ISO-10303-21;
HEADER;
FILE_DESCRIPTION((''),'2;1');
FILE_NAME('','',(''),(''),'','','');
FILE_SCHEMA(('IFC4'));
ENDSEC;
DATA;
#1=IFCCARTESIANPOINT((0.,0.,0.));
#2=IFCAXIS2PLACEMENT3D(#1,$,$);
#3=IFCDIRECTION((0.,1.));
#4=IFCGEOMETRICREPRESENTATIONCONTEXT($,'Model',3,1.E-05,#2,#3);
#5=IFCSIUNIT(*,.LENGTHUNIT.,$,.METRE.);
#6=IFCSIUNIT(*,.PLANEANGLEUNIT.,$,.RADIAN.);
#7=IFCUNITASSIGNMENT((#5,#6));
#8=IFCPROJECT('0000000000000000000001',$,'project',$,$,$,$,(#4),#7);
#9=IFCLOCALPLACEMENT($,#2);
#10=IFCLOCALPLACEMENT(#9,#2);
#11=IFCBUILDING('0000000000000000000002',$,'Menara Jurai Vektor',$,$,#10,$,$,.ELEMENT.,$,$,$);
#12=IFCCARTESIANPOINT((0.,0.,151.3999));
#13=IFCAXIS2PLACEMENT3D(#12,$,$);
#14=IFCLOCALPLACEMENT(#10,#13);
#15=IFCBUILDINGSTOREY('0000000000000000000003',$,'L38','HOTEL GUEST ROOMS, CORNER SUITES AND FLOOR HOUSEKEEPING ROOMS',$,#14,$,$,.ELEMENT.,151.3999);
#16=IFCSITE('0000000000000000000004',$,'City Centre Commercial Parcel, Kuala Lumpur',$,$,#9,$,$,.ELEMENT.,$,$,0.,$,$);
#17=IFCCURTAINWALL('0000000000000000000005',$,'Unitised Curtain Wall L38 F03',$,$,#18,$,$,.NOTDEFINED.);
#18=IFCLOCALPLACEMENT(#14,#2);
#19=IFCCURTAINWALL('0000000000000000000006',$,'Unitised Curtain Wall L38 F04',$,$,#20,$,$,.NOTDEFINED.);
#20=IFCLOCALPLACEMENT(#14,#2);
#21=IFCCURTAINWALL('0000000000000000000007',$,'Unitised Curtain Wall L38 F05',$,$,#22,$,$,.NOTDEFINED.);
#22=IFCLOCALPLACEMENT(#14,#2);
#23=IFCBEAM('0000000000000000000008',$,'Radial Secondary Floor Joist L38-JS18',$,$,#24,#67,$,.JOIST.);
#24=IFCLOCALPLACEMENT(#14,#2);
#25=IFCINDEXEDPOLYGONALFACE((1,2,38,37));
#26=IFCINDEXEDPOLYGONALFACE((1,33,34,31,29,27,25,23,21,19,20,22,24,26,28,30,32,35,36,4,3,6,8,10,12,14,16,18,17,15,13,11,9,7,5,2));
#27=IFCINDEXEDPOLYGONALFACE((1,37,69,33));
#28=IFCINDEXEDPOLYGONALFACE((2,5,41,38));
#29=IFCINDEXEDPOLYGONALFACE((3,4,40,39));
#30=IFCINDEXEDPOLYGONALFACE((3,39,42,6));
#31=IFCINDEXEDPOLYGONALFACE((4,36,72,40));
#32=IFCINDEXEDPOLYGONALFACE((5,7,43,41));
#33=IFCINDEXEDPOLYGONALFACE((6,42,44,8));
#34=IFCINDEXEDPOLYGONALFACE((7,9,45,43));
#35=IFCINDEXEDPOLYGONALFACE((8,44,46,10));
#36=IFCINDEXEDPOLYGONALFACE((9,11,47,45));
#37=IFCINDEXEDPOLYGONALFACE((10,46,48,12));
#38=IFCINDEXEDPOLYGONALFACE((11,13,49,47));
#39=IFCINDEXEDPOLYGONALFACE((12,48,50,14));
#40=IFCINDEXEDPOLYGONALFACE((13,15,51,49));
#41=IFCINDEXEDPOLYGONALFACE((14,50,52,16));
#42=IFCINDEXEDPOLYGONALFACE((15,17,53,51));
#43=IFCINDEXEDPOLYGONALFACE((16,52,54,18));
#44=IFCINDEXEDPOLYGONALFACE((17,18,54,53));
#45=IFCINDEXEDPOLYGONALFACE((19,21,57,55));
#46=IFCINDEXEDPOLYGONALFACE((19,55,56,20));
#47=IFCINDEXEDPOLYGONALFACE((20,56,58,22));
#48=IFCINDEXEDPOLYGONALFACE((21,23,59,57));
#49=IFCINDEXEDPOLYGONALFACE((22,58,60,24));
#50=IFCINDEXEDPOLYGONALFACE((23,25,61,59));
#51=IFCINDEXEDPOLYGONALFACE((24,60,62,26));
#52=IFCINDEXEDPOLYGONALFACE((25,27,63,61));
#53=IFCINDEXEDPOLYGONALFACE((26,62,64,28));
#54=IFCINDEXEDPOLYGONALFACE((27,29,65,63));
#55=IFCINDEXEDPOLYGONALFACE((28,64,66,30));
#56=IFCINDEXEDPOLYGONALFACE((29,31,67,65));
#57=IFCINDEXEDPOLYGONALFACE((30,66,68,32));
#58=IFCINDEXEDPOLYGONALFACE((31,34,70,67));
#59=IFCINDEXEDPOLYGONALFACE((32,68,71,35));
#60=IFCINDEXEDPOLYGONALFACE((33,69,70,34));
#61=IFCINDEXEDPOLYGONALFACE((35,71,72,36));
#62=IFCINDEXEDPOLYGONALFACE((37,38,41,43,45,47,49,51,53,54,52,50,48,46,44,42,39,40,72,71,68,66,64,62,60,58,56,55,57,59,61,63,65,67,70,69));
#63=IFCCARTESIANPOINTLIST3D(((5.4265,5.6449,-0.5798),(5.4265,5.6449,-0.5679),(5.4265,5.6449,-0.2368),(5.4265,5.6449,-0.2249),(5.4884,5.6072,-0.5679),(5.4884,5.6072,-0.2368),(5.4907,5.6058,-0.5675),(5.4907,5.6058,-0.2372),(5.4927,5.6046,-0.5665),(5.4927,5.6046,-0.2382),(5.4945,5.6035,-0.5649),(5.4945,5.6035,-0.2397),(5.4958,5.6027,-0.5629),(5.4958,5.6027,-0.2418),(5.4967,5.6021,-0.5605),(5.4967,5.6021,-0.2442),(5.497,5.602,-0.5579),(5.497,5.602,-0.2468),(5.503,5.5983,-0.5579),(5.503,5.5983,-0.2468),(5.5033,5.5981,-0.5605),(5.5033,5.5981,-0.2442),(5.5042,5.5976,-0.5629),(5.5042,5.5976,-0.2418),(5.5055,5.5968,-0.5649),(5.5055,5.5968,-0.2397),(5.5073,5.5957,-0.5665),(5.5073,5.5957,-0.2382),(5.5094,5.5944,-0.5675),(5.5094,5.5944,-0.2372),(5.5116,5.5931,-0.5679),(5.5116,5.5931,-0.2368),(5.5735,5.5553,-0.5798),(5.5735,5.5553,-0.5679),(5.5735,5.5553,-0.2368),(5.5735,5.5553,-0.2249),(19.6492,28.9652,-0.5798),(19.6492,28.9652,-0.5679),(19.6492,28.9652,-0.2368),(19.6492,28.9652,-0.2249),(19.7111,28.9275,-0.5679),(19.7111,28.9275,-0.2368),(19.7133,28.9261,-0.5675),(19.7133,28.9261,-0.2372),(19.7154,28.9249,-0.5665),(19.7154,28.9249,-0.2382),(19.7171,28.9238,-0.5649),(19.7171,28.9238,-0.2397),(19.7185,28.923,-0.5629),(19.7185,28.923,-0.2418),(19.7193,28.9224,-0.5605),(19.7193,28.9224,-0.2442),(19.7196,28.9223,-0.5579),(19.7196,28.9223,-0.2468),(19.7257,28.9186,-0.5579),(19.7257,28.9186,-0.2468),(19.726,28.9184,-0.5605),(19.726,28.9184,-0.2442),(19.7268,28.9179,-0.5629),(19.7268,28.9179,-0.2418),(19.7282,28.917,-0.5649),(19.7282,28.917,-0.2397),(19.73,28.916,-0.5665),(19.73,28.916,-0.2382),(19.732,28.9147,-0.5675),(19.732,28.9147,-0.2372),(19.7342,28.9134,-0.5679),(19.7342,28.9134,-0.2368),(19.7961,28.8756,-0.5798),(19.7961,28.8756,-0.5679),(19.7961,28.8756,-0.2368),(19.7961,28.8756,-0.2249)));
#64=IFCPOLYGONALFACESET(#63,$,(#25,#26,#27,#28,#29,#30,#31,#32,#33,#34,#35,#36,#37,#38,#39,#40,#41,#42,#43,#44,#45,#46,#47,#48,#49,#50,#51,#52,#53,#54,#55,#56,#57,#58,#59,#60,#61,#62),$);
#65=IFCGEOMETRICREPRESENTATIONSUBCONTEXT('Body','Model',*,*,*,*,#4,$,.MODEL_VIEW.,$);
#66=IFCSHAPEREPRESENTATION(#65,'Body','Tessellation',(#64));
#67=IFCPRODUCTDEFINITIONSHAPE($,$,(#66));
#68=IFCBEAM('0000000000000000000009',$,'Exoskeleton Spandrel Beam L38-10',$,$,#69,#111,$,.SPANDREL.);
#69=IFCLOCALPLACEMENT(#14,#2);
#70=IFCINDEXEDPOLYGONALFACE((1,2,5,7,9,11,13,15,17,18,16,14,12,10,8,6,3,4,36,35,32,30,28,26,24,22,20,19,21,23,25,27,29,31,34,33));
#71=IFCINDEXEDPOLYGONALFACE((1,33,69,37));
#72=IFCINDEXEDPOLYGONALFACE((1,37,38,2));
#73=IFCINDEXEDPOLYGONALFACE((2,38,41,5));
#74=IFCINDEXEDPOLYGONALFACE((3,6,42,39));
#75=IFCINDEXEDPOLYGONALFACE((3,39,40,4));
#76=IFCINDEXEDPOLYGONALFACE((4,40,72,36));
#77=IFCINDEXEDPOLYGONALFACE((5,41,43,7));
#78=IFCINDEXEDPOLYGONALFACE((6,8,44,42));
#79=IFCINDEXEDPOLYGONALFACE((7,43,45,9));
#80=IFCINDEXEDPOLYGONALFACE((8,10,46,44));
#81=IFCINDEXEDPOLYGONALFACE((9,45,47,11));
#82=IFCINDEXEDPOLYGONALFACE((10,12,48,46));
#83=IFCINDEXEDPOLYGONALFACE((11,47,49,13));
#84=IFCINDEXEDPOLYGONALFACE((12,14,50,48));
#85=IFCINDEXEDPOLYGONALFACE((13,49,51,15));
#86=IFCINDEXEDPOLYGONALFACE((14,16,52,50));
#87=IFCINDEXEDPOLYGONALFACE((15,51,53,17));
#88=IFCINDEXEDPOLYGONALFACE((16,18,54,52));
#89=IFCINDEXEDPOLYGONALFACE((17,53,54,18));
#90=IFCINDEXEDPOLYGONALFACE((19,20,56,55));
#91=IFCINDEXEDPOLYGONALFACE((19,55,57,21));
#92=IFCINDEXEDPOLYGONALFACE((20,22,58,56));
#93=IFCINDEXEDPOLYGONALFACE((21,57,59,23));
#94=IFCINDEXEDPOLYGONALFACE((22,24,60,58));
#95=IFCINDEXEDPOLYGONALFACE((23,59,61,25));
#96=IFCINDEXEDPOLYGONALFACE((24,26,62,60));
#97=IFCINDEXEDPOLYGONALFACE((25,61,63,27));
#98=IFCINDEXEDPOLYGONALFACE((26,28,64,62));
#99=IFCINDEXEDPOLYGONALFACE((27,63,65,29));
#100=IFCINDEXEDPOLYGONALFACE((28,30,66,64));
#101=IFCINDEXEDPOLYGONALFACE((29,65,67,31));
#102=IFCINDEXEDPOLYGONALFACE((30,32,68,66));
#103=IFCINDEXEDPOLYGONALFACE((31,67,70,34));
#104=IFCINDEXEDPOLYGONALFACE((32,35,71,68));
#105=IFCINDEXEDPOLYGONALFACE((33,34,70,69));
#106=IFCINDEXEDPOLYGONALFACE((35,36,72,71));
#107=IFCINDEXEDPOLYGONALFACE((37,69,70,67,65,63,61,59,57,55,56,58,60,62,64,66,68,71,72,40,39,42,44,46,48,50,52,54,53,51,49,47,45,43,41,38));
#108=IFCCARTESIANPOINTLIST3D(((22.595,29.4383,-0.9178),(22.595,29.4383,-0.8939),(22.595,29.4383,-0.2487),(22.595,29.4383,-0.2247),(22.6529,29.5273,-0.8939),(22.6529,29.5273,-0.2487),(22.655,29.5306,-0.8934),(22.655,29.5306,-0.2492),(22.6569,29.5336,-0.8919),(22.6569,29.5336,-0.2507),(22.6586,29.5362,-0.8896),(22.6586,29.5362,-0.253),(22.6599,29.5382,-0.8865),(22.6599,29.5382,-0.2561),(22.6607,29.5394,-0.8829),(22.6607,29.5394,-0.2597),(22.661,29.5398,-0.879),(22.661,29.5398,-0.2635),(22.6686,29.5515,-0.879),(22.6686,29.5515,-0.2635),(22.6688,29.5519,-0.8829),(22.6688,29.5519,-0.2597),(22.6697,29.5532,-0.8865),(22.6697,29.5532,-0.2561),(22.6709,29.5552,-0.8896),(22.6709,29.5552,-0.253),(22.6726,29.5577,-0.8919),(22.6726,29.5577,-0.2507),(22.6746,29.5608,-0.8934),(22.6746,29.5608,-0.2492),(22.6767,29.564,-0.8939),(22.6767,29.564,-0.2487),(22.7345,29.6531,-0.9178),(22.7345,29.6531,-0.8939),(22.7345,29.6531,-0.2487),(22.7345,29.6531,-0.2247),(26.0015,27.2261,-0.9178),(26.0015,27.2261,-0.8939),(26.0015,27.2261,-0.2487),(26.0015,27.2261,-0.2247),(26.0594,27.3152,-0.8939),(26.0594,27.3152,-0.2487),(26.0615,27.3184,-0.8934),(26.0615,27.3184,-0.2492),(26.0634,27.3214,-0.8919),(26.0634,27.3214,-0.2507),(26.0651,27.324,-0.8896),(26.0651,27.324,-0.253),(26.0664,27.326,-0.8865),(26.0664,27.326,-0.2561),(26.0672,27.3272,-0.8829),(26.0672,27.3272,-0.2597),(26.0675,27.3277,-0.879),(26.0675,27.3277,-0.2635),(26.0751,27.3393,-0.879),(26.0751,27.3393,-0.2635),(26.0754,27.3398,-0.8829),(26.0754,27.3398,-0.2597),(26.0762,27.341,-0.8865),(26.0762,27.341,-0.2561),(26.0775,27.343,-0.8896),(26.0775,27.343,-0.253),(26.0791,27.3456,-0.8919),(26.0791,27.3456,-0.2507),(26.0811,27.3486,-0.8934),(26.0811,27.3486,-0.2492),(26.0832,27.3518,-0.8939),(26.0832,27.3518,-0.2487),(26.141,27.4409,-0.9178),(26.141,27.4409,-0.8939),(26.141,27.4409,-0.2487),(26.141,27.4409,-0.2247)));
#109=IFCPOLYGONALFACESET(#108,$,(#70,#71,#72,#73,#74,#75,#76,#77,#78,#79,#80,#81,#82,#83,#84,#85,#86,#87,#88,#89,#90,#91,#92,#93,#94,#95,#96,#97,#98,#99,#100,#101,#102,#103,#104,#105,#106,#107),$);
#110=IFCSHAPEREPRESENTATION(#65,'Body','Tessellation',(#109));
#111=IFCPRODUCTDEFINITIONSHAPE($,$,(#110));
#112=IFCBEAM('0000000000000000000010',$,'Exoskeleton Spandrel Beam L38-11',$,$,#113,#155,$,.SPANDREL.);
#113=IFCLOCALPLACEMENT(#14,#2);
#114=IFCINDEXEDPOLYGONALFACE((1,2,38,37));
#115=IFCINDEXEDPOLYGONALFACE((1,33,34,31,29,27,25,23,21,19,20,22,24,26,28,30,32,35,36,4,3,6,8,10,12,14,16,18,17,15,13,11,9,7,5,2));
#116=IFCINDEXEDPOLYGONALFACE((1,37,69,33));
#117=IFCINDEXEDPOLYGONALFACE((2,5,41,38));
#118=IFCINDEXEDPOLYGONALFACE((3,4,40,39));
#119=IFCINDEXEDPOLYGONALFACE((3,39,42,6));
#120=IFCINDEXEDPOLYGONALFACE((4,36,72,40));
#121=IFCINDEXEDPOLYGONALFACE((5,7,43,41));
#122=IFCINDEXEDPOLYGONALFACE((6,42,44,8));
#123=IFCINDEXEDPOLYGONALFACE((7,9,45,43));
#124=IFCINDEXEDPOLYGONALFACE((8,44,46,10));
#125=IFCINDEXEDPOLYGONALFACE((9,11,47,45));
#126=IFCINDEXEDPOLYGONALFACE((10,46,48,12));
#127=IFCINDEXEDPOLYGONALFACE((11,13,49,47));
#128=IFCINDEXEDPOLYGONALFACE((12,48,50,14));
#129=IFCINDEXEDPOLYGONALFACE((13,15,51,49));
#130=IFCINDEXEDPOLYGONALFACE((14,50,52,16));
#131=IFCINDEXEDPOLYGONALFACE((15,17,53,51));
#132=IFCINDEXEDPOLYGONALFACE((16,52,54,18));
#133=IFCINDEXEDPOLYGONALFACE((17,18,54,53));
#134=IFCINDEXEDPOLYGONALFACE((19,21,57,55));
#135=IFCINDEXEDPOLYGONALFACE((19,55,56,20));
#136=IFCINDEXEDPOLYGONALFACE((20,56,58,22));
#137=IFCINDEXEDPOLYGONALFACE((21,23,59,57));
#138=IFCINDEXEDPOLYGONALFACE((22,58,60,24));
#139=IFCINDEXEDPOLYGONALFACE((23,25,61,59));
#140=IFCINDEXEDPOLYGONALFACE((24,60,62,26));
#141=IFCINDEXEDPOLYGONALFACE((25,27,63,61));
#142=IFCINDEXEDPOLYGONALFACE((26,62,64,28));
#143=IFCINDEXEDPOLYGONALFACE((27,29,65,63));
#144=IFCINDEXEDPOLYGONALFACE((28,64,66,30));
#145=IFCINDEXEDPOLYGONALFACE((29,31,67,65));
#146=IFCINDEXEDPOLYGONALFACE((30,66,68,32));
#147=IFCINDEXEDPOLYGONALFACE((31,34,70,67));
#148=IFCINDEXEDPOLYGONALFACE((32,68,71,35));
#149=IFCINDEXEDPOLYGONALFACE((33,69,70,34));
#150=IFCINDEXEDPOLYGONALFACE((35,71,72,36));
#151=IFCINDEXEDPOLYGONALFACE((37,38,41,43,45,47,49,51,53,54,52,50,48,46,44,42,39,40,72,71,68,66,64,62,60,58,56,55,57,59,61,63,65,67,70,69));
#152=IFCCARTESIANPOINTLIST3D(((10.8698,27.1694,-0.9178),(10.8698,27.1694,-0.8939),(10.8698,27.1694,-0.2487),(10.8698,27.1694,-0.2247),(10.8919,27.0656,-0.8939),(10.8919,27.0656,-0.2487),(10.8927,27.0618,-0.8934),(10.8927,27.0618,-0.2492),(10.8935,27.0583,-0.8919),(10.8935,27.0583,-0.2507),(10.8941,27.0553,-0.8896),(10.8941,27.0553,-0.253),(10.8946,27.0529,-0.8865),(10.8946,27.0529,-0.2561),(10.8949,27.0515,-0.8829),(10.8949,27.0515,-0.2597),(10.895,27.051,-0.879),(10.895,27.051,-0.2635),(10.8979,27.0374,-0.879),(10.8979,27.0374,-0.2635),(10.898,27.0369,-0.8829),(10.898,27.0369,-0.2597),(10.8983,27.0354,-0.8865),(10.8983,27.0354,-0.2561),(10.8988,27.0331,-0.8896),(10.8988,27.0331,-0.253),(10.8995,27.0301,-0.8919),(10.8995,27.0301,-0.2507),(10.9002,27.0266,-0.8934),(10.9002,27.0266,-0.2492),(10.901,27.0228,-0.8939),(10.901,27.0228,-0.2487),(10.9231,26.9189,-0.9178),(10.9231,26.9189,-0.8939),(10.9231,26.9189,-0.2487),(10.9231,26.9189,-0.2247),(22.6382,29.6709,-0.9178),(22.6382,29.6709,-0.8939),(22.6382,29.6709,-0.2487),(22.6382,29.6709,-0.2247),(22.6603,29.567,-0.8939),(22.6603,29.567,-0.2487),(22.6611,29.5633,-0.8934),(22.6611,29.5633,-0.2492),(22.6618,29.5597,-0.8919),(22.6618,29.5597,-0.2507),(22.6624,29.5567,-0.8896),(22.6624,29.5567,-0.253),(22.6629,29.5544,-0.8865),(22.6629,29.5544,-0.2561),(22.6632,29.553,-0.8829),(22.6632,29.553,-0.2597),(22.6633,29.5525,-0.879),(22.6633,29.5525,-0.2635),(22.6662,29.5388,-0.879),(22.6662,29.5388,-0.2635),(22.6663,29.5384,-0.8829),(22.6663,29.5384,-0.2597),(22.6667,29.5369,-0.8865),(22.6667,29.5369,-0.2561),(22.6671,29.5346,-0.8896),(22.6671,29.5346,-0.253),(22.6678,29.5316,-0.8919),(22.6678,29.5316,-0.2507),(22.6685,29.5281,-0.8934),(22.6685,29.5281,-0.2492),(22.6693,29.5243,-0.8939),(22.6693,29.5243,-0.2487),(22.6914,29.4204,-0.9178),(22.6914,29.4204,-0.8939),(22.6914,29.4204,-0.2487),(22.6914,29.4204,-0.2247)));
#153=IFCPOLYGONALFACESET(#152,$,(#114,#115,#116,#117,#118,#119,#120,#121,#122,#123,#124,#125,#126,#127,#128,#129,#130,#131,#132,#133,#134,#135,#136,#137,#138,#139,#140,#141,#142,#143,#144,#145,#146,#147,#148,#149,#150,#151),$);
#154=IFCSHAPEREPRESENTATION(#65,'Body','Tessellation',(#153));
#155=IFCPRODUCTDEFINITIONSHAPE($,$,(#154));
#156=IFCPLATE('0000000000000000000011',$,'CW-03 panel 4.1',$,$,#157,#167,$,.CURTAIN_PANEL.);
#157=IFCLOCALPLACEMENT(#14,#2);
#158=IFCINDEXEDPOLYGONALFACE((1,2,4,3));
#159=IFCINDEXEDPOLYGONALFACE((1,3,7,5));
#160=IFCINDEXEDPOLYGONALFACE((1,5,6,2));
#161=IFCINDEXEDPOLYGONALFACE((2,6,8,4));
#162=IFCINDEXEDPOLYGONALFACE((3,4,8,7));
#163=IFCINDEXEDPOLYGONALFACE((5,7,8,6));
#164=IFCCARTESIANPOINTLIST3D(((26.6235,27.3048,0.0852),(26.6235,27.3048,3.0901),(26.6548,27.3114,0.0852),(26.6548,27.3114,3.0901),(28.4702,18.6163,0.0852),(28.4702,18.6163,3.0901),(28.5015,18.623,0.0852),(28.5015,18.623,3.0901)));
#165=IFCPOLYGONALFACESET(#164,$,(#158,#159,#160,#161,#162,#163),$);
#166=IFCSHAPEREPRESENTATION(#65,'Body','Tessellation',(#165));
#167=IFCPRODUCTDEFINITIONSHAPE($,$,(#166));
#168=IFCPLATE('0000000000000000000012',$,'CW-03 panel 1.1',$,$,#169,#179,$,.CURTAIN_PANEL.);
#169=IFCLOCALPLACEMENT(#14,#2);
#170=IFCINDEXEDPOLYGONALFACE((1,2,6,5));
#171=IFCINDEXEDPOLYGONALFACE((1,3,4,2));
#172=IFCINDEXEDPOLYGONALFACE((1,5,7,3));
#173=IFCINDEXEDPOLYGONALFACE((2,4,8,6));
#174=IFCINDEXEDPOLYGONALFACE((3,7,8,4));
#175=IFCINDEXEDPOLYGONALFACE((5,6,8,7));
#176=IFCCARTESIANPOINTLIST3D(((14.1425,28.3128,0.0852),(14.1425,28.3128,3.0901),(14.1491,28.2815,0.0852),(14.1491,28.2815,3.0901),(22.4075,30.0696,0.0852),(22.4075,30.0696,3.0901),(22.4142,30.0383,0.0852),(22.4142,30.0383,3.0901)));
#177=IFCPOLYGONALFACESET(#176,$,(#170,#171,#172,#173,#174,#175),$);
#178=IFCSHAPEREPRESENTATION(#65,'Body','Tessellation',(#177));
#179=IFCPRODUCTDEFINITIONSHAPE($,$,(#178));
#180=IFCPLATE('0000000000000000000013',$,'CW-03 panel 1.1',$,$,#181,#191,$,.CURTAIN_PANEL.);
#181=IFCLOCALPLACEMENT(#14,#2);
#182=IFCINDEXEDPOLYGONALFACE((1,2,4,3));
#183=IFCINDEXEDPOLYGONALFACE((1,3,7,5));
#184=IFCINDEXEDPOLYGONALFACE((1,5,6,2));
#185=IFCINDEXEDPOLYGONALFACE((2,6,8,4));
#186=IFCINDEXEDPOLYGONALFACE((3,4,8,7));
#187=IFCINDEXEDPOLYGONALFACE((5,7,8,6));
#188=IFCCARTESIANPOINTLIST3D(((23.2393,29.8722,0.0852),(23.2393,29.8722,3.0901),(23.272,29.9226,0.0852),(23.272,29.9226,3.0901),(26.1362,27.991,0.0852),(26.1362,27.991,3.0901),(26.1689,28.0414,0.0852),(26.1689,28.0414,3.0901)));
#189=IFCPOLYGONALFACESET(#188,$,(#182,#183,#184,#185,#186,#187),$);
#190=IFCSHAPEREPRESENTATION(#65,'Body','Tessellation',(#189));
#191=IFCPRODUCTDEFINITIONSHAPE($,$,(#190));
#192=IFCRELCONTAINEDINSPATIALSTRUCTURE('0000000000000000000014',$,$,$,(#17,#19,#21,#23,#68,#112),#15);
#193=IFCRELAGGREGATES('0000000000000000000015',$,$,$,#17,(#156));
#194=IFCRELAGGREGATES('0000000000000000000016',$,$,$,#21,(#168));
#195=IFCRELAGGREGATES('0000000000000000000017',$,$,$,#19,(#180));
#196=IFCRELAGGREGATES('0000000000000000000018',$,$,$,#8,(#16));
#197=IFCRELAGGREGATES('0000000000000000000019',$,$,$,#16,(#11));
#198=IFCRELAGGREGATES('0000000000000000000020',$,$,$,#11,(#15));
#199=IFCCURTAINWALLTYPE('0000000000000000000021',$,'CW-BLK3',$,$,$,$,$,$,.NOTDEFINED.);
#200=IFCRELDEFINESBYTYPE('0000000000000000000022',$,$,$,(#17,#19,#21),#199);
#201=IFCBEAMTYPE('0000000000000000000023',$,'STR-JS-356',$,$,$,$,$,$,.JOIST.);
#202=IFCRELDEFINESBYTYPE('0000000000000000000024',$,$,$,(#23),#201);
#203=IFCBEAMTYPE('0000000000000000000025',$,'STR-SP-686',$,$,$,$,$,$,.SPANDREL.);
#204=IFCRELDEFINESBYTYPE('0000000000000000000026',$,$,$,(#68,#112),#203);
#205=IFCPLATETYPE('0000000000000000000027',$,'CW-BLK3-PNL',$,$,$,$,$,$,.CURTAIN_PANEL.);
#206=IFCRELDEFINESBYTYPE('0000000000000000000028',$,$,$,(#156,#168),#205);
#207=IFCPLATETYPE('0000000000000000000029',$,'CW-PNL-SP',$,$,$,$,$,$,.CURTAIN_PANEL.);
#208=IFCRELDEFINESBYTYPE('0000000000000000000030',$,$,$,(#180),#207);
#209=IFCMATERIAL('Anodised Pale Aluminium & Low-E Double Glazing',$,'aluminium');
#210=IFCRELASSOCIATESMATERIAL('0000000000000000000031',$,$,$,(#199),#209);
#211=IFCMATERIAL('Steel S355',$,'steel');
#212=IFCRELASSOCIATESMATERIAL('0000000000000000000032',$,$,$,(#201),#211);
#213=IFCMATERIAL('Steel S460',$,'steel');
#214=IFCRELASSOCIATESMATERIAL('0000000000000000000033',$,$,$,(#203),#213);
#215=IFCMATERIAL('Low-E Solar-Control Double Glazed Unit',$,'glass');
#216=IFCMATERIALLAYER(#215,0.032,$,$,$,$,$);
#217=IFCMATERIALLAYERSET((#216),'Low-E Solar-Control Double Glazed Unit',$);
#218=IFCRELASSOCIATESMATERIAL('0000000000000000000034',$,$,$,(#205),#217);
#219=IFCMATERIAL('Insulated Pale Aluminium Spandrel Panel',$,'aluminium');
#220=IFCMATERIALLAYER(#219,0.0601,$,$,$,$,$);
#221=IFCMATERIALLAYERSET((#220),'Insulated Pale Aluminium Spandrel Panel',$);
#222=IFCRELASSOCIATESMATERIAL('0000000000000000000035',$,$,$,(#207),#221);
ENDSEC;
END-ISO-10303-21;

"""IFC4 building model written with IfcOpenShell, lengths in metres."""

from ifc_helpers import new_model, si_unit, direction, frame, origin, origin_2d, place, context, subcontext, project, spatial, rectangle, i_section, extrude, material, layer, layer_set, material_profile, profile_set, type_object, element, aggregate, save


model = new_model("IFC4")

# Units and contexts
model_context = context("Model", 3, precision=1e-05, world=origin(), true_north=direction((0.0, 1.0)))
body_context = subcontext(model_context, "Body", "Model", "MODEL_VIEW")
ifc_project = project(units=[si_unit("LENGTHUNIT", "METRE"), si_unit("PLANEANGLEUNIT", "RADIAN")], contexts=[model_context])

# Site, building, storey
site_placement = place(None, origin())
site = spatial("IfcSite", under=ifc_project, at=site_placement, Name="City Centre Commercial Parcel, Kuala Lumpur", CompositionType="ELEMENT", RefElevation=0.0)
building_placement = place(site_placement, origin())
building = spatial("IfcBuilding", under=site, at=building_placement, Name="Menara Jurai Vektor", CompositionType="ELEMENT")
storey_placement = place(building_placement, frame((0.0, 0.0, 151.3999)))
storey = spatial("IfcBuildingStorey", under=building, at=storey_placement, Name="L38", Description="HOTEL GUEST ROOMS, CORNER SUITES AND FLOOR HOUSEKEEPING ROOMS", CompositionType="ELEMENT", Elevation=151.3999)

# Shared definitions
ifc_material_1 = material(Name="Steel S460", Category="steel")

# Curtain walls
ifc_material_2 = material(Name="Anodised Pale Aluminium & Low-E Double Glazing", Category="aluminium")
curtain_wall_type = type_object("IfcCurtainWallType", Name="CW-BLK3", PredefinedType="NOTDEFINED", material=ifc_material_2)
curtain_wall_1_placement = place(storey_placement, origin())
curtain_wall_1 = element("IfcCurtainWall", 1, at=curtain_wall_1_placement, inside=storey, type_object=curtain_wall_type, Name="Unitised Curtain Wall L38 F03", PredefinedType="NOTDEFINED")
curtain_wall_2_placement = place(storey_placement, origin())
curtain_wall_2 = element("IfcCurtainWall", 2, at=curtain_wall_2_placement, inside=storey, type_object=curtain_wall_type, Name="Unitised Curtain Wall L38 F04", PredefinedType="NOTDEFINED")

# Curtain wall
curtain_wall_3_placement = place(storey_placement, origin())
curtain_wall_3 = element("IfcCurtainWall", 3, at=curtain_wall_3_placement, inside=storey, type_object=curtain_wall_type, Name="Unitised Curtain Wall L38 F05", PredefinedType="NOTDEFINED")

# Shared definitions
ifc_material_3 = material(Name="Steel S355", Category="steel")

# Beams
ifc_material_profile_1 = material_profile(ifc_material_3, i_section(OverallWidth=0.1721, OverallDepth=0.355, WebThickness=0.0071, FlangeThickness=0.012, FilletRadius=0.01, at=origin_2d()), Name="UKB 356x171x51")
ifc_profile_set_1 = profile_set([ifc_material_profile_1], Name="Steel S355")
beam_type_1 = type_object("IfcBeamType", Name="STR-JS-356", PredefinedType="JOIST", material=ifc_profile_set_1)
beam_1_placement = place(storey_placement, frame((19.7227, 28.9204, -0.4023), z_axis=(-0.520686, -0.853748, 0.0), x_axis=(0.853748, -0.520686, 0.0)))
element("IfcBeam", 4, at=beam_1_placement, inside=storey, type_object=beam_type_1, Name="Radial Secondary Floor Joist L38-JS18", PredefinedType="JOIST", context=body_context, shape_type="SweptSolid", body=[
    extrude(i_section(OverallWidth=0.1721, OverallDepth=0.355, WebThickness=0.0071, FlangeThickness=0.012, FilletRadius=0.01, at=origin_2d()), origin(), (0.0, 0.0, 1.0), 27.3152),
])
ifc_material_profile_2 = material_profile(ifc_material_1, i_section(OverallWidth=0.2561, OverallDepth=0.6931, WebThickness=0.0139, FlangeThickness=0.0239, FilletRadius=0.0149, at=origin_2d()), Name="UKB 686x254x170")
ifc_profile_set_2 = profile_set([ifc_material_profile_2], Name="Steel S460")
beam_type_2 = type_object("IfcBeamType", Name="STR-SP-686", PredefinedType="SPANDREL", material=ifc_profile_set_2)
beam_2_placement = place(storey_placement, frame((26.0713, 27.3335, -0.5713), z_axis=(-0.838676, 0.544631, 0.0), x_axis=(-0.544631, -0.838676, 0.0)))
element("IfcBeam", 5, at=beam_2_placement, inside=storey, type_object=beam_type_2, Name="Exoskeleton Spandrel Beam L38-10", PredefinedType="SPANDREL", context=body_context, shape_type="SweptSolid", body=[
    extrude(i_section(OverallWidth=0.2561, OverallDepth=0.6931, WebThickness=0.0139, FlangeThickness=0.0239, FilletRadius=0.0149, at=origin_2d()), origin(), (0.0, 0.0, 1.0), 4.0618),
])
beam_3_placement = place(storey_placement, frame((22.6648, 29.5457, -0.5713), z_axis=(-0.978147, -0.207914, 0.0), x_axis=(0.207914, -0.978147, 0.0)))
element("IfcBeam", 6, at=beam_3_placement, inside=storey, type_object=beam_type_2, Name="Exoskeleton Spandrel Beam L38-11", PredefinedType="SPANDREL", context=body_context, shape_type="SweptSolid", body=[
    extrude(i_section(OverallWidth=0.2561, OverallDepth=0.6931, WebThickness=0.0139, FlangeThickness=0.0239, FilletRadius=0.0149, at=origin_2d()), origin(), (0.0, 0.0, 1.0), 12.0312),
])

# Plates
ifc_material_4 = material(Name="Low-E Solar-Control Double Glazed Unit", Category="glass")
ifc_layer_1 = layer(ifc_material_4, 0.032)
ifc_layer_set_1 = layer_set([ifc_layer_1], Name="Low-E Solar-Control Double Glazed Unit")
plate_type_1 = type_object("IfcPlateType", Name="CW-BLK3-PNL", PredefinedType="CURTAIN_PANEL", material=ifc_layer_set_1)
plate_1_placement = place(storey_placement, frame((27.5625, 22.9639, 0.0852), z_axis=(0.0, 0.0, 1.0), x_axis=(-0.20791, 0.978148, 0.0)))
plate_1 = element("IfcPlate", 7, at=plate_1_placement, type_object=plate_type_1, Name="CW-03 panel 4.1", PredefinedType="CURTAIN_PANEL", context=body_context, shape_type="SweptSolid", body=[
    extrude(rectangle(XDim=8.8826, YDim=0.032, at=origin_2d()), origin(), (0.0, 0.0, 1.0), 3.0049),
])
aggregate(curtain_wall_1, [plate_1])
plate_2_placement = place(storey_placement, frame((18.2783, 29.1755, 0.0852), z_axis=(0.0, 0.0, 1.0), x_axis=(-0.978148, -0.207911, 0.0)))
plate_2 = element("IfcPlate", 8, at=plate_2_placement, type_object=plate_type_1, Name="CW-03 panel 1.1", PredefinedType="CURTAIN_PANEL", context=body_context, shape_type="SweptSolid", body=[
    extrude(rectangle(XDim=8.4497, YDim=0.032, at=origin_2d()), origin(), (0.0, 0.0, 1.0), 3.0049),
])
aggregate(curtain_wall_3, [plate_2])
ifc_material_5 = material(Name="Insulated Pale Aluminium Spandrel Panel", Category="aluminium")
ifc_layer_2 = layer(ifc_material_5, 0.0601)
ifc_layer_set_2 = layer_set([ifc_layer_2], Name="Insulated Pale Aluminium Spandrel Panel")
plate_type_2 = type_object("IfcPlateType", Name="CW-PNL-SP", PredefinedType="CURTAIN_PANEL", material=ifc_layer_set_2)
plate_3_placement = place(storey_placement, frame((24.7041, 28.9568, 0.0852), z_axis=(0.0, 0.0, 1.0), x_axis=(-0.838684, 0.544618, 0.0)))
plate_3 = element("IfcPlate", 9, at=plate_3_placement, type_object=plate_type_2, Name="CW-03 panel 1.1", PredefinedType="CURTAIN_PANEL", context=body_context, shape_type="SweptSolid", body=[
    extrude(rectangle(XDim=3.4541, YDim=0.0601, at=origin_2d()), origin(), (0.0, 0.0, 1.0), 3.0049),
])
aggregate(curtain_wall_2, [plate_3])

save(model, "model.ifc")
